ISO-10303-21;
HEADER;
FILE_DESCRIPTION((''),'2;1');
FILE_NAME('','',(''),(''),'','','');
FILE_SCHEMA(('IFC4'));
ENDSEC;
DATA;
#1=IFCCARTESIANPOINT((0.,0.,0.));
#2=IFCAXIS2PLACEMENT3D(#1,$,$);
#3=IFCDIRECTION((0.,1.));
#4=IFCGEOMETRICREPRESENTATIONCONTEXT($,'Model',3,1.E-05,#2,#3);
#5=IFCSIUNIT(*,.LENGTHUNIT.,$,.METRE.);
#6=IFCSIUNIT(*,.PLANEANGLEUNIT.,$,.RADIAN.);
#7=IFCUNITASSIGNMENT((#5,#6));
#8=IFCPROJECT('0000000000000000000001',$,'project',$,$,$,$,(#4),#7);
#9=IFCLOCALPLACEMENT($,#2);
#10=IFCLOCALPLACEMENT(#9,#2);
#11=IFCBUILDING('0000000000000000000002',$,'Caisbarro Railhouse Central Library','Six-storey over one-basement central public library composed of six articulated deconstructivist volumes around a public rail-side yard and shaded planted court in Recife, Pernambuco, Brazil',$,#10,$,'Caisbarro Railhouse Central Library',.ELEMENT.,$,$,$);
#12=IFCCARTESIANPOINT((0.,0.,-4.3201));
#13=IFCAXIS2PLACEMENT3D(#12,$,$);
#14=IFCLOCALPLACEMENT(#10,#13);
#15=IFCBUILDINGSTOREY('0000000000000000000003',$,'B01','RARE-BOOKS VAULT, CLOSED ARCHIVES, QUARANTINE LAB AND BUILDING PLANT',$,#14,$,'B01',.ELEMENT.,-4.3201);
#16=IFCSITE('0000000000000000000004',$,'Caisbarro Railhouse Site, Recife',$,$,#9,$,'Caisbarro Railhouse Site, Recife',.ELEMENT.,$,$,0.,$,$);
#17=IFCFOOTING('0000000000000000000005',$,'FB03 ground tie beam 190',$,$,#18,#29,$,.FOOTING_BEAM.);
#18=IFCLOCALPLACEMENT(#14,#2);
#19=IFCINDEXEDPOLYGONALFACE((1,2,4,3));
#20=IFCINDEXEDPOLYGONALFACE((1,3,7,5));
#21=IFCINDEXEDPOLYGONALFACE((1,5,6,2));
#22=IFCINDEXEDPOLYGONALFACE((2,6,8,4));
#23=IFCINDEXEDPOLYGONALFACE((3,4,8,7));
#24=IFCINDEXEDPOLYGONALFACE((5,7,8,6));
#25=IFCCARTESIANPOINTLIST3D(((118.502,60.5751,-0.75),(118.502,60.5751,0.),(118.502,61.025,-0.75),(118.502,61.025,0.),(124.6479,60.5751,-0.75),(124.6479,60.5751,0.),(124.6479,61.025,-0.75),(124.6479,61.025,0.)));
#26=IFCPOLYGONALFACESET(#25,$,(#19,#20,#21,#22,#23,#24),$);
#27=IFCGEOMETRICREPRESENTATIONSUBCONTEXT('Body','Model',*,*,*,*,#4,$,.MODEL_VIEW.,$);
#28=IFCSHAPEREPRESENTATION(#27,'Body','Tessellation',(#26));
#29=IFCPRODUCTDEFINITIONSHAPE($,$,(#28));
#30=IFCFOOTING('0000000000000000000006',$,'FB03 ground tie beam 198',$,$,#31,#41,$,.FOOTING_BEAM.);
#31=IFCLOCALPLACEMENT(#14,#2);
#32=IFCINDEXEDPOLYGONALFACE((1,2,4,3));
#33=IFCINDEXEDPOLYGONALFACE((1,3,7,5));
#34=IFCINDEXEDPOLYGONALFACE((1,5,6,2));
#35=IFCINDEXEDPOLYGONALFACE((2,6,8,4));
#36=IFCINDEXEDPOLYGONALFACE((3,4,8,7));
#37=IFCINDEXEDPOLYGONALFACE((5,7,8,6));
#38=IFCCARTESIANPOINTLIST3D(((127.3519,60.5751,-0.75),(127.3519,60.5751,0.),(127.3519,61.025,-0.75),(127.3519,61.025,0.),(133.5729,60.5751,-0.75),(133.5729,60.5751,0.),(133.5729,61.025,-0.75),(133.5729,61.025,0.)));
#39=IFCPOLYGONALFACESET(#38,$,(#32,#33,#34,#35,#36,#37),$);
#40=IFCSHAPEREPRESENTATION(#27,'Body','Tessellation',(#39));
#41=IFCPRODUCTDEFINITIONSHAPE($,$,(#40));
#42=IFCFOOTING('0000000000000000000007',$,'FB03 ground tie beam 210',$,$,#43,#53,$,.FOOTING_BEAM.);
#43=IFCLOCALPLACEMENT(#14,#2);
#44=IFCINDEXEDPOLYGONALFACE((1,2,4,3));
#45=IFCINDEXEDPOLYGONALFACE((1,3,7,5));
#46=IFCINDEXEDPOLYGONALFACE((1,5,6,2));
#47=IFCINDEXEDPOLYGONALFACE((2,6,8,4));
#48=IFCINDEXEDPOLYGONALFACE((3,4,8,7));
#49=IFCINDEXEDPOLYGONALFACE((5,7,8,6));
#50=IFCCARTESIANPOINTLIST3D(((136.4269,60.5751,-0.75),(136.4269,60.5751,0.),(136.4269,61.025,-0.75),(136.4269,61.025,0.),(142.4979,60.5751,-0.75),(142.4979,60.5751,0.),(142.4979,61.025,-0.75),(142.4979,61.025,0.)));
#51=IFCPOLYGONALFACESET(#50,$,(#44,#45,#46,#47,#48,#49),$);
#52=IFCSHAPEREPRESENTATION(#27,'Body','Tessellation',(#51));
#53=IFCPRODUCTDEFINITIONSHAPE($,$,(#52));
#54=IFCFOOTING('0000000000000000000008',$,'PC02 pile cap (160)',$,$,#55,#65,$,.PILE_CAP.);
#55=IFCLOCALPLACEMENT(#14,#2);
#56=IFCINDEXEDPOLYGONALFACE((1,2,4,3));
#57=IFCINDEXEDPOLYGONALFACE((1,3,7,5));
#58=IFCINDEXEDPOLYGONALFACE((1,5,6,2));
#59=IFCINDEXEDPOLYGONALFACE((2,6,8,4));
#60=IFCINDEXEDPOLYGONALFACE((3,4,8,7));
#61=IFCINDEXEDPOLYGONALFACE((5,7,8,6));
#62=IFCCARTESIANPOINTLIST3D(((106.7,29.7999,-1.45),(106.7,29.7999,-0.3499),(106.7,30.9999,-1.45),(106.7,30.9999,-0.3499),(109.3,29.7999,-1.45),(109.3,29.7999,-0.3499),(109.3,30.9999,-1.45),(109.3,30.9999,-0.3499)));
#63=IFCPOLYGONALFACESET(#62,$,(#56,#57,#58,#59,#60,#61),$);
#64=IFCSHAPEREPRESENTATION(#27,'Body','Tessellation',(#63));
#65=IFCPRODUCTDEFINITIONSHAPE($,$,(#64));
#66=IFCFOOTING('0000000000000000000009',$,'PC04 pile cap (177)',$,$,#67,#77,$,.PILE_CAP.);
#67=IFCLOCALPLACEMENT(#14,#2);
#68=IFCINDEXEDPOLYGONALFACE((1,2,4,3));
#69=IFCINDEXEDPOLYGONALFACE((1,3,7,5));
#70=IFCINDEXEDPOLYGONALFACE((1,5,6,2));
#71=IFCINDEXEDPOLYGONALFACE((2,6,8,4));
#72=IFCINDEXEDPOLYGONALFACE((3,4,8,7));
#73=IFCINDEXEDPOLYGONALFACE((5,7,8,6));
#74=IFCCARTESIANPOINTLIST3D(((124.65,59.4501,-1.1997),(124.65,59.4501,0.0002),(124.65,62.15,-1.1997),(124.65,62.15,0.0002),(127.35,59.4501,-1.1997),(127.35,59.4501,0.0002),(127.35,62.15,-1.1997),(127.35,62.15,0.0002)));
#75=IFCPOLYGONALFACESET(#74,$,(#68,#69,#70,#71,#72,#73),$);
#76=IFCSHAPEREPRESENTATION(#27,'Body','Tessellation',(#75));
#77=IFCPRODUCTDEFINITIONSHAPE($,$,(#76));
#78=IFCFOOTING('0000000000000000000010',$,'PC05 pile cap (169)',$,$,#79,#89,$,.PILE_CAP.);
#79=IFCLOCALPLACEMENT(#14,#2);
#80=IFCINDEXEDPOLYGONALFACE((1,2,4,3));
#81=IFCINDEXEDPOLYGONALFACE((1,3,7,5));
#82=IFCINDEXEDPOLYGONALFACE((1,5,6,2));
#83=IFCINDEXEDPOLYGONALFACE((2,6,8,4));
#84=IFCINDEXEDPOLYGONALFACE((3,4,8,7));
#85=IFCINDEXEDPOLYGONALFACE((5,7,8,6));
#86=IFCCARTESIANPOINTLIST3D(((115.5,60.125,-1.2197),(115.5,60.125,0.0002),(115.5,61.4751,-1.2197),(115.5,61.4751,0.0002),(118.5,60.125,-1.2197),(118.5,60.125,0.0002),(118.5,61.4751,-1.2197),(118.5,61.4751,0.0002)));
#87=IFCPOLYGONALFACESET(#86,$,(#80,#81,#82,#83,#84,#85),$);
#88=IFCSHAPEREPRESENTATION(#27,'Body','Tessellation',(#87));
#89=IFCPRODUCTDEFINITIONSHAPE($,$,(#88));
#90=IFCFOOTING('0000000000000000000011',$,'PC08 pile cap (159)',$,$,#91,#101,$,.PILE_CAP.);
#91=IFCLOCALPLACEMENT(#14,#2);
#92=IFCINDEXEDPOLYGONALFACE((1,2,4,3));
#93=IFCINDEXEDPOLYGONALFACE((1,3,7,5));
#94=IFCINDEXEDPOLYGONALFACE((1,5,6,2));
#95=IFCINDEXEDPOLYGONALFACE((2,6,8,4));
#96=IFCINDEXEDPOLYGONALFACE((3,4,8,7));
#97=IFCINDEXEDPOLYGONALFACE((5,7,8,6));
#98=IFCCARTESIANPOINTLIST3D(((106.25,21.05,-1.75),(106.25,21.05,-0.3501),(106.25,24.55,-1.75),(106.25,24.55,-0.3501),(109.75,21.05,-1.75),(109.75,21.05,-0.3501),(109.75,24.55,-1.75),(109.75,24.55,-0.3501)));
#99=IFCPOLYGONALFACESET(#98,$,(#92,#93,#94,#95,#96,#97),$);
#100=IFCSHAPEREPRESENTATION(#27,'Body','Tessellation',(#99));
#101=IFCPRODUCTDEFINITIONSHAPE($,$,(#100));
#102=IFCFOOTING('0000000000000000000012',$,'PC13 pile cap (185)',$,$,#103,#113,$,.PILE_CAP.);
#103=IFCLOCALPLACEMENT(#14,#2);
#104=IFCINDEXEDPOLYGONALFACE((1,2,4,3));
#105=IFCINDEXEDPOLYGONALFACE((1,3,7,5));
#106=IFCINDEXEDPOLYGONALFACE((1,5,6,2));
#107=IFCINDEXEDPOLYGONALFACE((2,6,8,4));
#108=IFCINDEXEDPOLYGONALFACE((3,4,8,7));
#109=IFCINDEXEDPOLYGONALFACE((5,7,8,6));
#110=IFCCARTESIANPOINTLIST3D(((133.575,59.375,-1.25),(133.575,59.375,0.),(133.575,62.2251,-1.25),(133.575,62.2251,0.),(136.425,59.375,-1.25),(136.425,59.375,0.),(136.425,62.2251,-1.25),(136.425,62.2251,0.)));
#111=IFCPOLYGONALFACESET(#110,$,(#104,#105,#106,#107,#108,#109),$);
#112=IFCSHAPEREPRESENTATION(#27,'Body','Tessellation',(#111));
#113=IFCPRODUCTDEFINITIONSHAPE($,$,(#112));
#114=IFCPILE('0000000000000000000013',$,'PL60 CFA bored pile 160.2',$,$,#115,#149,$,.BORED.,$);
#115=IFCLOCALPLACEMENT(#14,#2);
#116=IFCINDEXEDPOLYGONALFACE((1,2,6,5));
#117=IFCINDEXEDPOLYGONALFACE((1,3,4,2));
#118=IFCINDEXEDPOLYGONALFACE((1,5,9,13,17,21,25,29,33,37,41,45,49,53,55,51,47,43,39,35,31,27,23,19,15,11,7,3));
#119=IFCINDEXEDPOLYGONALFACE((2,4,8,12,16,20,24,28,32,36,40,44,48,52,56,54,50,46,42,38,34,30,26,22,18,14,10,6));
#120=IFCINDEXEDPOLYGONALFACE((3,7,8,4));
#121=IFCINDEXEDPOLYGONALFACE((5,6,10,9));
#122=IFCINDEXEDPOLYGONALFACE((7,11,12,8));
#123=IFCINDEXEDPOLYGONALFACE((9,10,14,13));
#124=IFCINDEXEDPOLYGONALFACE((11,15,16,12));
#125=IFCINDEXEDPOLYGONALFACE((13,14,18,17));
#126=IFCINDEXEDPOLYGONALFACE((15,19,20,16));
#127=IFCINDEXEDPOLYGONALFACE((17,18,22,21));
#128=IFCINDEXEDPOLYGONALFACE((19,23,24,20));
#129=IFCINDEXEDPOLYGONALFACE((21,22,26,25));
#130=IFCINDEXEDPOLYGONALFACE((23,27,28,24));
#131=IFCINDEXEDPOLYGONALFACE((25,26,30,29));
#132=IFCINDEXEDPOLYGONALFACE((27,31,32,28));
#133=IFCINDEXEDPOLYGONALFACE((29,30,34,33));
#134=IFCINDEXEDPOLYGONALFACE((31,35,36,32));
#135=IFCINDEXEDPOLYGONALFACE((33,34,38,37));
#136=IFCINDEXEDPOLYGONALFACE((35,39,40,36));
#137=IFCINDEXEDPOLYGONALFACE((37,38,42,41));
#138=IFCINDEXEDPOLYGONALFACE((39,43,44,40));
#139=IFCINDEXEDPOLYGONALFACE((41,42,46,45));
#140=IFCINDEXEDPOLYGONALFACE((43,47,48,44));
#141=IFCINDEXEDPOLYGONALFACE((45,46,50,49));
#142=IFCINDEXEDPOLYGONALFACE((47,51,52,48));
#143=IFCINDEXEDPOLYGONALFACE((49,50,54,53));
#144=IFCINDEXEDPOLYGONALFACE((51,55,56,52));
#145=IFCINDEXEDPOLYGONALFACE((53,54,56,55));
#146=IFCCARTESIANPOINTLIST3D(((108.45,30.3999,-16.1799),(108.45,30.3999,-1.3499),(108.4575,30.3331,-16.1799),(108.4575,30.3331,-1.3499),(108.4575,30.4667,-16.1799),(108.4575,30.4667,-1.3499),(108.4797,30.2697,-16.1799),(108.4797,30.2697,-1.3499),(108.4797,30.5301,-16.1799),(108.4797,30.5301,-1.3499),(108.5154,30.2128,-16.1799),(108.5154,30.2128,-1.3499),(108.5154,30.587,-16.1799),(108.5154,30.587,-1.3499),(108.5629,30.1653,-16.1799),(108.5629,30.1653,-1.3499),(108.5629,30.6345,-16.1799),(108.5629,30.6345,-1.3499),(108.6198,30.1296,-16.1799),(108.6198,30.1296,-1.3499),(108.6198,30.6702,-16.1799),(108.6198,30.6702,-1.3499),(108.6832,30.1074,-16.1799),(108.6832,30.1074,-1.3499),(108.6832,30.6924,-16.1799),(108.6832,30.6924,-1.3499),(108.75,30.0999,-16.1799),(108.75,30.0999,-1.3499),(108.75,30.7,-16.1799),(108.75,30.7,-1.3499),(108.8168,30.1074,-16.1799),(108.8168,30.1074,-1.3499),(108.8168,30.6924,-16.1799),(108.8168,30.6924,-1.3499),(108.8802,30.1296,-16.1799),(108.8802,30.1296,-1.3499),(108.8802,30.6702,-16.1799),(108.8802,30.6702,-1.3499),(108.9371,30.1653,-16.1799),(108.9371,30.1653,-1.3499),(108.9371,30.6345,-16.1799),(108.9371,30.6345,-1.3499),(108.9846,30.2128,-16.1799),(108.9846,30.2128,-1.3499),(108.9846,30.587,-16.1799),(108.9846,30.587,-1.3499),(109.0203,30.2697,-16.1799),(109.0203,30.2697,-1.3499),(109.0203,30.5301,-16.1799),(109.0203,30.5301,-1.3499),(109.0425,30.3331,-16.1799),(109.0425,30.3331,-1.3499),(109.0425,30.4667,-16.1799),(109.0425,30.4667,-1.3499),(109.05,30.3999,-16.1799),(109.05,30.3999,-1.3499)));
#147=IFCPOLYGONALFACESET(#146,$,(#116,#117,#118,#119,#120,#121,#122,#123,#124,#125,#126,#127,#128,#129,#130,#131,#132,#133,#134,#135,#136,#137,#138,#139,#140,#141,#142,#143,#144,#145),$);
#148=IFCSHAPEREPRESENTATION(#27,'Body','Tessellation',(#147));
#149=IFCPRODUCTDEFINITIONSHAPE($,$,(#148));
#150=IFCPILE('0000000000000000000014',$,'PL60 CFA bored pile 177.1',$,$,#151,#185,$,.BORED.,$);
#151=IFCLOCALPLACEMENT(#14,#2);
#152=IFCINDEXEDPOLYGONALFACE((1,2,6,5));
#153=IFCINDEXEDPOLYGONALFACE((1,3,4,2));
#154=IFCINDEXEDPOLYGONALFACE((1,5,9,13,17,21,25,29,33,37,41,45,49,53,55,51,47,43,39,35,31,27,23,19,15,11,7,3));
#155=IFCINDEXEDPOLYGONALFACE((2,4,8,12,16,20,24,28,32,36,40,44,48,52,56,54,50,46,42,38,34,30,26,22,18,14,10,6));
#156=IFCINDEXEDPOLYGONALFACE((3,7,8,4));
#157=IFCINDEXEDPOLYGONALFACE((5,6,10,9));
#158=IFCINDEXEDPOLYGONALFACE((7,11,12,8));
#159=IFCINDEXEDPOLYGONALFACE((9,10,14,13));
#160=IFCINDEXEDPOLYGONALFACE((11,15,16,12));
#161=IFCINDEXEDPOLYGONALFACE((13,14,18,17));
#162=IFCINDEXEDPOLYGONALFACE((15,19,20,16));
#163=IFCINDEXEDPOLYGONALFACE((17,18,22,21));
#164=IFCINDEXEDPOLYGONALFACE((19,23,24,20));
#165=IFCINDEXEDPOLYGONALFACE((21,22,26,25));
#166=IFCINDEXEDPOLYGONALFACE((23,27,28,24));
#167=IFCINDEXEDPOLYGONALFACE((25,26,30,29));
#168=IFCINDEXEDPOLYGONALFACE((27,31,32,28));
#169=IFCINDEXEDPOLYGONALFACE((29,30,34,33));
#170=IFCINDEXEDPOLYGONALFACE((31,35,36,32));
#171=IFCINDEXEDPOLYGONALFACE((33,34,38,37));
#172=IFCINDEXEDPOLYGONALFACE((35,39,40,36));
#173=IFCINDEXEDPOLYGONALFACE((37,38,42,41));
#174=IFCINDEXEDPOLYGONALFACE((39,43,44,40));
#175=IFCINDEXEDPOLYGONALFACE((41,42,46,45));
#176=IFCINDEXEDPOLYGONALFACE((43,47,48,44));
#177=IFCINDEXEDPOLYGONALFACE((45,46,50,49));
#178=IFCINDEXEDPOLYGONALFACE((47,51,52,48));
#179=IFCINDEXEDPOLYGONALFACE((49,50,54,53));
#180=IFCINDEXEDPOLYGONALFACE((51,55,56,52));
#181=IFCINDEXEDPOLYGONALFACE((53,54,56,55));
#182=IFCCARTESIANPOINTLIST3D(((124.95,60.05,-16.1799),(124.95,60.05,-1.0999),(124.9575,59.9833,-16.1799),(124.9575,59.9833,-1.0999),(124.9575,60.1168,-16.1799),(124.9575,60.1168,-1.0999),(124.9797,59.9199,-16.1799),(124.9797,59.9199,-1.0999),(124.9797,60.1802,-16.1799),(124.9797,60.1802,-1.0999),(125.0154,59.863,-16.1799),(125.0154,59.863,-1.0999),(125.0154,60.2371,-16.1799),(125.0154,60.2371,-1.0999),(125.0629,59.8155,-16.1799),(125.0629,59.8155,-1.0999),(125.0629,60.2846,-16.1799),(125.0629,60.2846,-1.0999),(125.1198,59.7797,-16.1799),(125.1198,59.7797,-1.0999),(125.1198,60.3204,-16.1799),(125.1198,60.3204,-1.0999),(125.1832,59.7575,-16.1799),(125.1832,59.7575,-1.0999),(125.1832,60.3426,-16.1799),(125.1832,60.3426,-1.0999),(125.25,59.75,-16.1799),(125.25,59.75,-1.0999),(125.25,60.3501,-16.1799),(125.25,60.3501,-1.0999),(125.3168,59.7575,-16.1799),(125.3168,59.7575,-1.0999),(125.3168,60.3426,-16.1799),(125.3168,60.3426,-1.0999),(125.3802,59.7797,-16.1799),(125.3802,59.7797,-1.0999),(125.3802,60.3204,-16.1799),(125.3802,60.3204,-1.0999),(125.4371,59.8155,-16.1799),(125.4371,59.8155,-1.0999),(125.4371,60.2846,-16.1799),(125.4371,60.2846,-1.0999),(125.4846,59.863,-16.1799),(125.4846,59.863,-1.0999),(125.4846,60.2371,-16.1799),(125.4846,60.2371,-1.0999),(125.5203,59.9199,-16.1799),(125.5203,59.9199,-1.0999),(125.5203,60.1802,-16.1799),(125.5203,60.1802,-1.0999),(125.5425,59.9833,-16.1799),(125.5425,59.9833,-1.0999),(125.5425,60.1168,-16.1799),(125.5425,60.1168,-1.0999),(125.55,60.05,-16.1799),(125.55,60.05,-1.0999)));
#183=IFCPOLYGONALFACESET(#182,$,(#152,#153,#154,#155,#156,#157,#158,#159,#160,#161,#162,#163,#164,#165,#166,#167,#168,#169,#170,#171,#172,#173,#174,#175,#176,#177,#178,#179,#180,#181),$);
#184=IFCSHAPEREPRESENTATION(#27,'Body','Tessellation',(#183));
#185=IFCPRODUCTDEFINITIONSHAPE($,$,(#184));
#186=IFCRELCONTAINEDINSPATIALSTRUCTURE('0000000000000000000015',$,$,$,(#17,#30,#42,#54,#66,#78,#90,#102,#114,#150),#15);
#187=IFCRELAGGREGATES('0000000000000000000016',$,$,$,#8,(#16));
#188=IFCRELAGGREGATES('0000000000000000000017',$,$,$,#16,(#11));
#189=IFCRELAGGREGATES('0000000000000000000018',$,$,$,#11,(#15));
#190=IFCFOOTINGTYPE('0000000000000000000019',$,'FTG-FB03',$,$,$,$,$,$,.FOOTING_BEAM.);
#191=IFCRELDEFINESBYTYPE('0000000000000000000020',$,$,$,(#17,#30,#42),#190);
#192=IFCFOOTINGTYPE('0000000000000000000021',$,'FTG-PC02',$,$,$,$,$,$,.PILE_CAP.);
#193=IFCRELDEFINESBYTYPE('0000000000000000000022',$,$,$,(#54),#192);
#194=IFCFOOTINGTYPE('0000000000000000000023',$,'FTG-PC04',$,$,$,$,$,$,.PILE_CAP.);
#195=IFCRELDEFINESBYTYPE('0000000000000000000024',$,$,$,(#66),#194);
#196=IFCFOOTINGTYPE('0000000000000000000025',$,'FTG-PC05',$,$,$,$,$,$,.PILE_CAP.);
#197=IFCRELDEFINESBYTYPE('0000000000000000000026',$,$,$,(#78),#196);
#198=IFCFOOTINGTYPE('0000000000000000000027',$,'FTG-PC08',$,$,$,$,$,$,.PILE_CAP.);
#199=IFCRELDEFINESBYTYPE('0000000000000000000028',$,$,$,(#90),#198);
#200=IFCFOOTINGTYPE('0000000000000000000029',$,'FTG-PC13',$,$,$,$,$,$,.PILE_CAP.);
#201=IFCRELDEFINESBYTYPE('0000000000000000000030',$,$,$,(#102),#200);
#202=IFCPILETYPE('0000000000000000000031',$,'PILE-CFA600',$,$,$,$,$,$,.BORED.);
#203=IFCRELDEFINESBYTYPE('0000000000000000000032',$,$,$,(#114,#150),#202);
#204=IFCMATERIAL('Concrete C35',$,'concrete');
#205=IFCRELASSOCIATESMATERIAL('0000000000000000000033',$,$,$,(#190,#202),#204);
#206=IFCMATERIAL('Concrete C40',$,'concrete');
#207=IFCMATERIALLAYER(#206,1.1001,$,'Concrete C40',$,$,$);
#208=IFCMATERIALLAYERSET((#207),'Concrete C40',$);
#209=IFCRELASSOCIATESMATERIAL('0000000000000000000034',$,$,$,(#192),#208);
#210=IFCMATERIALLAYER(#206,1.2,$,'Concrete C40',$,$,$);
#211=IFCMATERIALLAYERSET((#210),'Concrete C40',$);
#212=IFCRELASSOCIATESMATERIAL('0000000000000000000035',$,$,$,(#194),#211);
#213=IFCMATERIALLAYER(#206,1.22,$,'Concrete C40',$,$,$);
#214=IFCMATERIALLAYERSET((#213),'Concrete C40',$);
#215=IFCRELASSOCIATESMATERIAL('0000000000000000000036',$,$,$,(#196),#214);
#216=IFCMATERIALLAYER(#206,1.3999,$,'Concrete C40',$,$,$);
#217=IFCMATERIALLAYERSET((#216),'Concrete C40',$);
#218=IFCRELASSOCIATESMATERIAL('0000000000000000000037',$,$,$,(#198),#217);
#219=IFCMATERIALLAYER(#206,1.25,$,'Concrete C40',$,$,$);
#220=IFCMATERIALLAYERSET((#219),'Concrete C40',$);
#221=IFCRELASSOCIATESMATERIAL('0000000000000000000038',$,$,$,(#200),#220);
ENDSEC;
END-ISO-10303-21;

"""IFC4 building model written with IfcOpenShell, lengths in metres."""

from ifc_helpers import new_model, si_unit, direction, frame, origin, origin_2d, place, context, subcontext, project, spatial, rectangle, circle, extrude, material, layer, layer_set, material_profile, profile_set, type_object, element, save


model = new_model("IFC4")

# Units and contexts
model_context = context("Model", 3, precision=1e-05, world=origin(), true_north=direction((0.0, 1.0)))
body_context = subcontext(model_context, "Body", "Model", "MODEL_VIEW")
ifc_project = project(units=[si_unit("LENGTHUNIT", "METRE"), si_unit("PLANEANGLEUNIT", "RADIAN")], contexts=[model_context])

# Site, building, storey
site_placement = place(None, origin())
site = spatial("IfcSite", under=ifc_project, at=site_placement, Name="Caisbarro Railhouse Site, Recife", LongName="Caisbarro Railhouse Site, Recife", CompositionType="ELEMENT", RefElevation=0.0)
building_placement = place(site_placement, origin())
building = spatial("IfcBuilding", under=site, at=building_placement, Name="Caisbarro Railhouse Central Library", Description="Six-storey over one-basement central public library composed of six articulated deconstructivist volumes around a public rail-side yard and shaded planted court in Recife, Pernambuco, Brazil", LongName="Caisbarro Railhouse Central Library", CompositionType="ELEMENT")
storey_placement = place(building_placement, frame((0.0, 0.0, -4.3201)))
storey = spatial("IfcBuildingStorey", under=building, at=storey_placement, Name="B01", Description="RARE-BOOKS VAULT, CLOSED ARCHIVES, QUARANTINE LAB AND BUILDING PLANT", LongName="B01", CompositionType="ELEMENT", Elevation=-4.3201)

# Footings
ifc_material_1 = material(Name="Concrete C35", Category="concrete")
footing_type_1 = type_object("IfcFootingType", Name="FTG-FB03", PredefinedType="FOOTING_BEAM", material=ifc_material_1)
footing_1_placement = place(storey_placement, frame((121.575, 60.8, -0.75), z_axis=(0.0, 0.0, 1.0), x_axis=(1.0, 0.0, 0.0)))
element("IfcFooting", 1, at=footing_1_placement, inside=storey, type_object=footing_type_1, Name="FB03 ground tie beam 190", PredefinedType="FOOTING_BEAM", context=body_context, shape_type="SweptSolid", body=[
    extrude(rectangle(XDim=6.146, YDim=0.45, at=origin_2d()), origin(), (0.0, 0.0, 1.0), 0.75),
])
footing_2_placement = place(storey_placement, frame((130.4624, 60.8, -0.75), z_axis=(0.0, 0.0, 1.0), x_axis=(1.0, 0.0, 0.0)))
element("IfcFooting", 2, at=footing_2_placement, inside=storey, type_object=footing_type_1, Name="FB03 ground tie beam 198", PredefinedType="FOOTING_BEAM", context=body_context, shape_type="SweptSolid", body=[
    extrude(rectangle(XDim=6.2209, YDim=0.45, at=origin_2d()), origin(), (0.0, 0.0, 1.0), 0.75),
])
footing_3_placement = place(storey_placement, frame((139.4624, 60.8, -0.75), z_axis=(0.0, 0.0, 1.0), x_axis=(1.0, 0.0, 0.0)))
element("IfcFooting", 3, at=footing_3_placement, inside=storey, type_object=footing_type_1, Name="FB03 ground tie beam 210", PredefinedType="FOOTING_BEAM", context=body_context, shape_type="SweptSolid", body=[
    extrude(rectangle(XDim=6.071, YDim=0.45, at=origin_2d()), origin(), (0.0, 0.0, 1.0), 0.75),
])
ifc_material_2 = material(Name="Concrete C40", Category="concrete")
ifc_layer_1 = layer(ifc_material_2, 1.1001, Name="Concrete C40")
ifc_layer_set_1 = layer_set([ifc_layer_1], Name="Concrete C40")
footing_type_2 = type_object("IfcFootingType", Name="FTG-PC02", PredefinedType="PILE_CAP", material=ifc_layer_set_1)
footing_4_placement = place(storey_placement, frame((108.0, 30.3999, -1.45), z_axis=(0.0, 0.0, 1.0), x_axis=(1.0, 0.0, 0.0)))
element("IfcFooting", 4, at=footing_4_placement, inside=storey, type_object=footing_type_2, Name="PC02 pile cap (160)", PredefinedType="PILE_CAP", context=body_context, shape_type="SweptSolid", body=[
    extrude(rectangle(XDim=2.6001, YDim=1.2, at=origin_2d()), origin(), (0.0, 0.0, 1.0), 1.1001),
])
ifc_layer_2 = layer(ifc_material_2, 1.2, Name="Concrete C40")
ifc_layer_set_2 = layer_set([ifc_layer_2], Name="Concrete C40")
footing_type_3 = type_object("IfcFootingType", Name="FTG-PC04", PredefinedType="PILE_CAP", material=ifc_layer_set_2)
footing_5_placement = place(storey_placement, frame((126.0, 60.8, -1.1997), z_axis=(0.0, 0.0, 1.0), x_axis=(1.0, 0.0, 0.0)))
element("IfcFooting", 5, at=footing_5_placement, inside=storey, type_object=footing_type_3, Name="PC04 pile cap (177)", PredefinedType="PILE_CAP", context=body_context, shape_type="SweptSolid", body=[
    extrude(rectangle(XDim=2.7, YDim=2.7, at=origin_2d()), origin(), (0.0, 0.0, 1.0), 1.2),
])
ifc_layer_3 = layer(ifc_material_2, 1.22, Name="Concrete C40")
ifc_layer_set_3 = layer_set([ifc_layer_3], Name="Concrete C40")
footing_type_4 = type_object("IfcFootingType", Name="FTG-PC05", PredefinedType="PILE_CAP", material=ifc_layer_set_3)
footing_6_placement = place(storey_placement, frame((117.0, 60.8, -1.2197), z_axis=(0.0, 0.0, 1.0), x_axis=(1.0, 0.0, 0.0)))
element("IfcFooting", 6, at=footing_6_placement, inside=storey, type_object=footing_type_4, Name="PC05 pile cap (169)", PredefinedType="PILE_CAP", context=body_context, shape_type="SweptSolid", body=[
    extrude(rectangle(XDim=3.0, YDim=1.3501, at=origin_2d()), origin(), (0.0, 0.0, 1.0), 1.22),
])
ifc_layer_4 = layer(ifc_material_2, 1.3999, Name="Concrete C40")
ifc_layer_set_4 = layer_set([ifc_layer_4], Name="Concrete C40")
footing_type_5 = type_object("IfcFootingType", Name="FTG-PC08", PredefinedType="PILE_CAP", material=ifc_layer_set_4)
footing_7_placement = place(storey_placement, frame((108.0, 22.8, -1.75), z_axis=(0.0, 0.0, 1.0), x_axis=(1.0, 0.0, 0.0)))
element("IfcFooting", 7, at=footing_7_placement, inside=storey, type_object=footing_type_5, Name="PC08 pile cap (159)", PredefinedType="PILE_CAP", context=body_context, shape_type="SweptSolid", body=[
    extrude(rectangle(XDim=3.5, YDim=3.5, at=origin_2d()), origin(), (0.0, 0.0, 1.0), 1.3999),
])
ifc_layer_5 = layer(ifc_material_2, 1.25, Name="Concrete C40")
ifc_layer_set_5 = layer_set([ifc_layer_5], Name="Concrete C40")
footing_type_6 = type_object("IfcFootingType", Name="FTG-PC13", PredefinedType="PILE_CAP", material=ifc_layer_set_5)
footing_8_placement = place(storey_placement, frame((135.0, 60.8, -1.25), z_axis=(0.0, 0.0, 1.0), x_axis=(1.0, 0.0, 0.0)))
element("IfcFooting", 8, at=footing_8_placement, inside=storey, type_object=footing_type_6, Name="PC13 pile cap (185)", PredefinedType="PILE_CAP", context=body_context, shape_type="SweptSolid", body=[
    extrude(rectangle(XDim=2.8501, YDim=2.8501, at=origin_2d()), origin(), (0.0, 0.0, 1.0), 1.25),
])

# Piles
ifc_material_profile_1 = material_profile(ifc_material_1, circle(Radius=0.3, at=origin_2d()), Name="PILE-CFA-600")
ifc_profile_set_1 = profile_set([ifc_material_profile_1], Name="Concrete C35")
pile_type_1 = type_object("IfcPileType", Name="PILE-CFA600", PredefinedType="BORED", material=ifc_profile_set_1)
pile_placement = place(storey_placement, frame((108.75, 30.3999, -1.3499), z_axis=(0.0, 0.0, -1.0), x_axis=(1.0, 0.0, 0.0)))
element("IfcPile", 9, at=pile_placement, inside=storey, type_object=pile_type_1, Name="PL60 CFA bored pile 160.2", PredefinedType="BORED", context=body_context, shape_type="SweptSolid", body=[
    extrude(circle(Radius=0.3, at=origin_2d()), origin(), (0.0, 0.0, 1.0), 14.8301),
])
for number, where, z_axis, x_axis, name in (
    (10, (125.25, 60.05, -1.0999), (0.0, 0.0, -1.0), (1.0, 0.0, 0.0), "PL60 CFA bored pile 177.1"),
):
    element("IfcPile", number, at=place(storey_placement, frame(where, z_axis=z_axis, x_axis=x_axis)), inside=storey, type_object=pile_type_1, Name=name, PredefinedType="BORED", context=body_context, shape_type="SweptSolid", body=[
        extrude(circle(Radius=0.3, at=origin_2d()), origin(), (0.0, 0.0, 1.0), 15.0801),
    ])

save(model, "model.ifc")
